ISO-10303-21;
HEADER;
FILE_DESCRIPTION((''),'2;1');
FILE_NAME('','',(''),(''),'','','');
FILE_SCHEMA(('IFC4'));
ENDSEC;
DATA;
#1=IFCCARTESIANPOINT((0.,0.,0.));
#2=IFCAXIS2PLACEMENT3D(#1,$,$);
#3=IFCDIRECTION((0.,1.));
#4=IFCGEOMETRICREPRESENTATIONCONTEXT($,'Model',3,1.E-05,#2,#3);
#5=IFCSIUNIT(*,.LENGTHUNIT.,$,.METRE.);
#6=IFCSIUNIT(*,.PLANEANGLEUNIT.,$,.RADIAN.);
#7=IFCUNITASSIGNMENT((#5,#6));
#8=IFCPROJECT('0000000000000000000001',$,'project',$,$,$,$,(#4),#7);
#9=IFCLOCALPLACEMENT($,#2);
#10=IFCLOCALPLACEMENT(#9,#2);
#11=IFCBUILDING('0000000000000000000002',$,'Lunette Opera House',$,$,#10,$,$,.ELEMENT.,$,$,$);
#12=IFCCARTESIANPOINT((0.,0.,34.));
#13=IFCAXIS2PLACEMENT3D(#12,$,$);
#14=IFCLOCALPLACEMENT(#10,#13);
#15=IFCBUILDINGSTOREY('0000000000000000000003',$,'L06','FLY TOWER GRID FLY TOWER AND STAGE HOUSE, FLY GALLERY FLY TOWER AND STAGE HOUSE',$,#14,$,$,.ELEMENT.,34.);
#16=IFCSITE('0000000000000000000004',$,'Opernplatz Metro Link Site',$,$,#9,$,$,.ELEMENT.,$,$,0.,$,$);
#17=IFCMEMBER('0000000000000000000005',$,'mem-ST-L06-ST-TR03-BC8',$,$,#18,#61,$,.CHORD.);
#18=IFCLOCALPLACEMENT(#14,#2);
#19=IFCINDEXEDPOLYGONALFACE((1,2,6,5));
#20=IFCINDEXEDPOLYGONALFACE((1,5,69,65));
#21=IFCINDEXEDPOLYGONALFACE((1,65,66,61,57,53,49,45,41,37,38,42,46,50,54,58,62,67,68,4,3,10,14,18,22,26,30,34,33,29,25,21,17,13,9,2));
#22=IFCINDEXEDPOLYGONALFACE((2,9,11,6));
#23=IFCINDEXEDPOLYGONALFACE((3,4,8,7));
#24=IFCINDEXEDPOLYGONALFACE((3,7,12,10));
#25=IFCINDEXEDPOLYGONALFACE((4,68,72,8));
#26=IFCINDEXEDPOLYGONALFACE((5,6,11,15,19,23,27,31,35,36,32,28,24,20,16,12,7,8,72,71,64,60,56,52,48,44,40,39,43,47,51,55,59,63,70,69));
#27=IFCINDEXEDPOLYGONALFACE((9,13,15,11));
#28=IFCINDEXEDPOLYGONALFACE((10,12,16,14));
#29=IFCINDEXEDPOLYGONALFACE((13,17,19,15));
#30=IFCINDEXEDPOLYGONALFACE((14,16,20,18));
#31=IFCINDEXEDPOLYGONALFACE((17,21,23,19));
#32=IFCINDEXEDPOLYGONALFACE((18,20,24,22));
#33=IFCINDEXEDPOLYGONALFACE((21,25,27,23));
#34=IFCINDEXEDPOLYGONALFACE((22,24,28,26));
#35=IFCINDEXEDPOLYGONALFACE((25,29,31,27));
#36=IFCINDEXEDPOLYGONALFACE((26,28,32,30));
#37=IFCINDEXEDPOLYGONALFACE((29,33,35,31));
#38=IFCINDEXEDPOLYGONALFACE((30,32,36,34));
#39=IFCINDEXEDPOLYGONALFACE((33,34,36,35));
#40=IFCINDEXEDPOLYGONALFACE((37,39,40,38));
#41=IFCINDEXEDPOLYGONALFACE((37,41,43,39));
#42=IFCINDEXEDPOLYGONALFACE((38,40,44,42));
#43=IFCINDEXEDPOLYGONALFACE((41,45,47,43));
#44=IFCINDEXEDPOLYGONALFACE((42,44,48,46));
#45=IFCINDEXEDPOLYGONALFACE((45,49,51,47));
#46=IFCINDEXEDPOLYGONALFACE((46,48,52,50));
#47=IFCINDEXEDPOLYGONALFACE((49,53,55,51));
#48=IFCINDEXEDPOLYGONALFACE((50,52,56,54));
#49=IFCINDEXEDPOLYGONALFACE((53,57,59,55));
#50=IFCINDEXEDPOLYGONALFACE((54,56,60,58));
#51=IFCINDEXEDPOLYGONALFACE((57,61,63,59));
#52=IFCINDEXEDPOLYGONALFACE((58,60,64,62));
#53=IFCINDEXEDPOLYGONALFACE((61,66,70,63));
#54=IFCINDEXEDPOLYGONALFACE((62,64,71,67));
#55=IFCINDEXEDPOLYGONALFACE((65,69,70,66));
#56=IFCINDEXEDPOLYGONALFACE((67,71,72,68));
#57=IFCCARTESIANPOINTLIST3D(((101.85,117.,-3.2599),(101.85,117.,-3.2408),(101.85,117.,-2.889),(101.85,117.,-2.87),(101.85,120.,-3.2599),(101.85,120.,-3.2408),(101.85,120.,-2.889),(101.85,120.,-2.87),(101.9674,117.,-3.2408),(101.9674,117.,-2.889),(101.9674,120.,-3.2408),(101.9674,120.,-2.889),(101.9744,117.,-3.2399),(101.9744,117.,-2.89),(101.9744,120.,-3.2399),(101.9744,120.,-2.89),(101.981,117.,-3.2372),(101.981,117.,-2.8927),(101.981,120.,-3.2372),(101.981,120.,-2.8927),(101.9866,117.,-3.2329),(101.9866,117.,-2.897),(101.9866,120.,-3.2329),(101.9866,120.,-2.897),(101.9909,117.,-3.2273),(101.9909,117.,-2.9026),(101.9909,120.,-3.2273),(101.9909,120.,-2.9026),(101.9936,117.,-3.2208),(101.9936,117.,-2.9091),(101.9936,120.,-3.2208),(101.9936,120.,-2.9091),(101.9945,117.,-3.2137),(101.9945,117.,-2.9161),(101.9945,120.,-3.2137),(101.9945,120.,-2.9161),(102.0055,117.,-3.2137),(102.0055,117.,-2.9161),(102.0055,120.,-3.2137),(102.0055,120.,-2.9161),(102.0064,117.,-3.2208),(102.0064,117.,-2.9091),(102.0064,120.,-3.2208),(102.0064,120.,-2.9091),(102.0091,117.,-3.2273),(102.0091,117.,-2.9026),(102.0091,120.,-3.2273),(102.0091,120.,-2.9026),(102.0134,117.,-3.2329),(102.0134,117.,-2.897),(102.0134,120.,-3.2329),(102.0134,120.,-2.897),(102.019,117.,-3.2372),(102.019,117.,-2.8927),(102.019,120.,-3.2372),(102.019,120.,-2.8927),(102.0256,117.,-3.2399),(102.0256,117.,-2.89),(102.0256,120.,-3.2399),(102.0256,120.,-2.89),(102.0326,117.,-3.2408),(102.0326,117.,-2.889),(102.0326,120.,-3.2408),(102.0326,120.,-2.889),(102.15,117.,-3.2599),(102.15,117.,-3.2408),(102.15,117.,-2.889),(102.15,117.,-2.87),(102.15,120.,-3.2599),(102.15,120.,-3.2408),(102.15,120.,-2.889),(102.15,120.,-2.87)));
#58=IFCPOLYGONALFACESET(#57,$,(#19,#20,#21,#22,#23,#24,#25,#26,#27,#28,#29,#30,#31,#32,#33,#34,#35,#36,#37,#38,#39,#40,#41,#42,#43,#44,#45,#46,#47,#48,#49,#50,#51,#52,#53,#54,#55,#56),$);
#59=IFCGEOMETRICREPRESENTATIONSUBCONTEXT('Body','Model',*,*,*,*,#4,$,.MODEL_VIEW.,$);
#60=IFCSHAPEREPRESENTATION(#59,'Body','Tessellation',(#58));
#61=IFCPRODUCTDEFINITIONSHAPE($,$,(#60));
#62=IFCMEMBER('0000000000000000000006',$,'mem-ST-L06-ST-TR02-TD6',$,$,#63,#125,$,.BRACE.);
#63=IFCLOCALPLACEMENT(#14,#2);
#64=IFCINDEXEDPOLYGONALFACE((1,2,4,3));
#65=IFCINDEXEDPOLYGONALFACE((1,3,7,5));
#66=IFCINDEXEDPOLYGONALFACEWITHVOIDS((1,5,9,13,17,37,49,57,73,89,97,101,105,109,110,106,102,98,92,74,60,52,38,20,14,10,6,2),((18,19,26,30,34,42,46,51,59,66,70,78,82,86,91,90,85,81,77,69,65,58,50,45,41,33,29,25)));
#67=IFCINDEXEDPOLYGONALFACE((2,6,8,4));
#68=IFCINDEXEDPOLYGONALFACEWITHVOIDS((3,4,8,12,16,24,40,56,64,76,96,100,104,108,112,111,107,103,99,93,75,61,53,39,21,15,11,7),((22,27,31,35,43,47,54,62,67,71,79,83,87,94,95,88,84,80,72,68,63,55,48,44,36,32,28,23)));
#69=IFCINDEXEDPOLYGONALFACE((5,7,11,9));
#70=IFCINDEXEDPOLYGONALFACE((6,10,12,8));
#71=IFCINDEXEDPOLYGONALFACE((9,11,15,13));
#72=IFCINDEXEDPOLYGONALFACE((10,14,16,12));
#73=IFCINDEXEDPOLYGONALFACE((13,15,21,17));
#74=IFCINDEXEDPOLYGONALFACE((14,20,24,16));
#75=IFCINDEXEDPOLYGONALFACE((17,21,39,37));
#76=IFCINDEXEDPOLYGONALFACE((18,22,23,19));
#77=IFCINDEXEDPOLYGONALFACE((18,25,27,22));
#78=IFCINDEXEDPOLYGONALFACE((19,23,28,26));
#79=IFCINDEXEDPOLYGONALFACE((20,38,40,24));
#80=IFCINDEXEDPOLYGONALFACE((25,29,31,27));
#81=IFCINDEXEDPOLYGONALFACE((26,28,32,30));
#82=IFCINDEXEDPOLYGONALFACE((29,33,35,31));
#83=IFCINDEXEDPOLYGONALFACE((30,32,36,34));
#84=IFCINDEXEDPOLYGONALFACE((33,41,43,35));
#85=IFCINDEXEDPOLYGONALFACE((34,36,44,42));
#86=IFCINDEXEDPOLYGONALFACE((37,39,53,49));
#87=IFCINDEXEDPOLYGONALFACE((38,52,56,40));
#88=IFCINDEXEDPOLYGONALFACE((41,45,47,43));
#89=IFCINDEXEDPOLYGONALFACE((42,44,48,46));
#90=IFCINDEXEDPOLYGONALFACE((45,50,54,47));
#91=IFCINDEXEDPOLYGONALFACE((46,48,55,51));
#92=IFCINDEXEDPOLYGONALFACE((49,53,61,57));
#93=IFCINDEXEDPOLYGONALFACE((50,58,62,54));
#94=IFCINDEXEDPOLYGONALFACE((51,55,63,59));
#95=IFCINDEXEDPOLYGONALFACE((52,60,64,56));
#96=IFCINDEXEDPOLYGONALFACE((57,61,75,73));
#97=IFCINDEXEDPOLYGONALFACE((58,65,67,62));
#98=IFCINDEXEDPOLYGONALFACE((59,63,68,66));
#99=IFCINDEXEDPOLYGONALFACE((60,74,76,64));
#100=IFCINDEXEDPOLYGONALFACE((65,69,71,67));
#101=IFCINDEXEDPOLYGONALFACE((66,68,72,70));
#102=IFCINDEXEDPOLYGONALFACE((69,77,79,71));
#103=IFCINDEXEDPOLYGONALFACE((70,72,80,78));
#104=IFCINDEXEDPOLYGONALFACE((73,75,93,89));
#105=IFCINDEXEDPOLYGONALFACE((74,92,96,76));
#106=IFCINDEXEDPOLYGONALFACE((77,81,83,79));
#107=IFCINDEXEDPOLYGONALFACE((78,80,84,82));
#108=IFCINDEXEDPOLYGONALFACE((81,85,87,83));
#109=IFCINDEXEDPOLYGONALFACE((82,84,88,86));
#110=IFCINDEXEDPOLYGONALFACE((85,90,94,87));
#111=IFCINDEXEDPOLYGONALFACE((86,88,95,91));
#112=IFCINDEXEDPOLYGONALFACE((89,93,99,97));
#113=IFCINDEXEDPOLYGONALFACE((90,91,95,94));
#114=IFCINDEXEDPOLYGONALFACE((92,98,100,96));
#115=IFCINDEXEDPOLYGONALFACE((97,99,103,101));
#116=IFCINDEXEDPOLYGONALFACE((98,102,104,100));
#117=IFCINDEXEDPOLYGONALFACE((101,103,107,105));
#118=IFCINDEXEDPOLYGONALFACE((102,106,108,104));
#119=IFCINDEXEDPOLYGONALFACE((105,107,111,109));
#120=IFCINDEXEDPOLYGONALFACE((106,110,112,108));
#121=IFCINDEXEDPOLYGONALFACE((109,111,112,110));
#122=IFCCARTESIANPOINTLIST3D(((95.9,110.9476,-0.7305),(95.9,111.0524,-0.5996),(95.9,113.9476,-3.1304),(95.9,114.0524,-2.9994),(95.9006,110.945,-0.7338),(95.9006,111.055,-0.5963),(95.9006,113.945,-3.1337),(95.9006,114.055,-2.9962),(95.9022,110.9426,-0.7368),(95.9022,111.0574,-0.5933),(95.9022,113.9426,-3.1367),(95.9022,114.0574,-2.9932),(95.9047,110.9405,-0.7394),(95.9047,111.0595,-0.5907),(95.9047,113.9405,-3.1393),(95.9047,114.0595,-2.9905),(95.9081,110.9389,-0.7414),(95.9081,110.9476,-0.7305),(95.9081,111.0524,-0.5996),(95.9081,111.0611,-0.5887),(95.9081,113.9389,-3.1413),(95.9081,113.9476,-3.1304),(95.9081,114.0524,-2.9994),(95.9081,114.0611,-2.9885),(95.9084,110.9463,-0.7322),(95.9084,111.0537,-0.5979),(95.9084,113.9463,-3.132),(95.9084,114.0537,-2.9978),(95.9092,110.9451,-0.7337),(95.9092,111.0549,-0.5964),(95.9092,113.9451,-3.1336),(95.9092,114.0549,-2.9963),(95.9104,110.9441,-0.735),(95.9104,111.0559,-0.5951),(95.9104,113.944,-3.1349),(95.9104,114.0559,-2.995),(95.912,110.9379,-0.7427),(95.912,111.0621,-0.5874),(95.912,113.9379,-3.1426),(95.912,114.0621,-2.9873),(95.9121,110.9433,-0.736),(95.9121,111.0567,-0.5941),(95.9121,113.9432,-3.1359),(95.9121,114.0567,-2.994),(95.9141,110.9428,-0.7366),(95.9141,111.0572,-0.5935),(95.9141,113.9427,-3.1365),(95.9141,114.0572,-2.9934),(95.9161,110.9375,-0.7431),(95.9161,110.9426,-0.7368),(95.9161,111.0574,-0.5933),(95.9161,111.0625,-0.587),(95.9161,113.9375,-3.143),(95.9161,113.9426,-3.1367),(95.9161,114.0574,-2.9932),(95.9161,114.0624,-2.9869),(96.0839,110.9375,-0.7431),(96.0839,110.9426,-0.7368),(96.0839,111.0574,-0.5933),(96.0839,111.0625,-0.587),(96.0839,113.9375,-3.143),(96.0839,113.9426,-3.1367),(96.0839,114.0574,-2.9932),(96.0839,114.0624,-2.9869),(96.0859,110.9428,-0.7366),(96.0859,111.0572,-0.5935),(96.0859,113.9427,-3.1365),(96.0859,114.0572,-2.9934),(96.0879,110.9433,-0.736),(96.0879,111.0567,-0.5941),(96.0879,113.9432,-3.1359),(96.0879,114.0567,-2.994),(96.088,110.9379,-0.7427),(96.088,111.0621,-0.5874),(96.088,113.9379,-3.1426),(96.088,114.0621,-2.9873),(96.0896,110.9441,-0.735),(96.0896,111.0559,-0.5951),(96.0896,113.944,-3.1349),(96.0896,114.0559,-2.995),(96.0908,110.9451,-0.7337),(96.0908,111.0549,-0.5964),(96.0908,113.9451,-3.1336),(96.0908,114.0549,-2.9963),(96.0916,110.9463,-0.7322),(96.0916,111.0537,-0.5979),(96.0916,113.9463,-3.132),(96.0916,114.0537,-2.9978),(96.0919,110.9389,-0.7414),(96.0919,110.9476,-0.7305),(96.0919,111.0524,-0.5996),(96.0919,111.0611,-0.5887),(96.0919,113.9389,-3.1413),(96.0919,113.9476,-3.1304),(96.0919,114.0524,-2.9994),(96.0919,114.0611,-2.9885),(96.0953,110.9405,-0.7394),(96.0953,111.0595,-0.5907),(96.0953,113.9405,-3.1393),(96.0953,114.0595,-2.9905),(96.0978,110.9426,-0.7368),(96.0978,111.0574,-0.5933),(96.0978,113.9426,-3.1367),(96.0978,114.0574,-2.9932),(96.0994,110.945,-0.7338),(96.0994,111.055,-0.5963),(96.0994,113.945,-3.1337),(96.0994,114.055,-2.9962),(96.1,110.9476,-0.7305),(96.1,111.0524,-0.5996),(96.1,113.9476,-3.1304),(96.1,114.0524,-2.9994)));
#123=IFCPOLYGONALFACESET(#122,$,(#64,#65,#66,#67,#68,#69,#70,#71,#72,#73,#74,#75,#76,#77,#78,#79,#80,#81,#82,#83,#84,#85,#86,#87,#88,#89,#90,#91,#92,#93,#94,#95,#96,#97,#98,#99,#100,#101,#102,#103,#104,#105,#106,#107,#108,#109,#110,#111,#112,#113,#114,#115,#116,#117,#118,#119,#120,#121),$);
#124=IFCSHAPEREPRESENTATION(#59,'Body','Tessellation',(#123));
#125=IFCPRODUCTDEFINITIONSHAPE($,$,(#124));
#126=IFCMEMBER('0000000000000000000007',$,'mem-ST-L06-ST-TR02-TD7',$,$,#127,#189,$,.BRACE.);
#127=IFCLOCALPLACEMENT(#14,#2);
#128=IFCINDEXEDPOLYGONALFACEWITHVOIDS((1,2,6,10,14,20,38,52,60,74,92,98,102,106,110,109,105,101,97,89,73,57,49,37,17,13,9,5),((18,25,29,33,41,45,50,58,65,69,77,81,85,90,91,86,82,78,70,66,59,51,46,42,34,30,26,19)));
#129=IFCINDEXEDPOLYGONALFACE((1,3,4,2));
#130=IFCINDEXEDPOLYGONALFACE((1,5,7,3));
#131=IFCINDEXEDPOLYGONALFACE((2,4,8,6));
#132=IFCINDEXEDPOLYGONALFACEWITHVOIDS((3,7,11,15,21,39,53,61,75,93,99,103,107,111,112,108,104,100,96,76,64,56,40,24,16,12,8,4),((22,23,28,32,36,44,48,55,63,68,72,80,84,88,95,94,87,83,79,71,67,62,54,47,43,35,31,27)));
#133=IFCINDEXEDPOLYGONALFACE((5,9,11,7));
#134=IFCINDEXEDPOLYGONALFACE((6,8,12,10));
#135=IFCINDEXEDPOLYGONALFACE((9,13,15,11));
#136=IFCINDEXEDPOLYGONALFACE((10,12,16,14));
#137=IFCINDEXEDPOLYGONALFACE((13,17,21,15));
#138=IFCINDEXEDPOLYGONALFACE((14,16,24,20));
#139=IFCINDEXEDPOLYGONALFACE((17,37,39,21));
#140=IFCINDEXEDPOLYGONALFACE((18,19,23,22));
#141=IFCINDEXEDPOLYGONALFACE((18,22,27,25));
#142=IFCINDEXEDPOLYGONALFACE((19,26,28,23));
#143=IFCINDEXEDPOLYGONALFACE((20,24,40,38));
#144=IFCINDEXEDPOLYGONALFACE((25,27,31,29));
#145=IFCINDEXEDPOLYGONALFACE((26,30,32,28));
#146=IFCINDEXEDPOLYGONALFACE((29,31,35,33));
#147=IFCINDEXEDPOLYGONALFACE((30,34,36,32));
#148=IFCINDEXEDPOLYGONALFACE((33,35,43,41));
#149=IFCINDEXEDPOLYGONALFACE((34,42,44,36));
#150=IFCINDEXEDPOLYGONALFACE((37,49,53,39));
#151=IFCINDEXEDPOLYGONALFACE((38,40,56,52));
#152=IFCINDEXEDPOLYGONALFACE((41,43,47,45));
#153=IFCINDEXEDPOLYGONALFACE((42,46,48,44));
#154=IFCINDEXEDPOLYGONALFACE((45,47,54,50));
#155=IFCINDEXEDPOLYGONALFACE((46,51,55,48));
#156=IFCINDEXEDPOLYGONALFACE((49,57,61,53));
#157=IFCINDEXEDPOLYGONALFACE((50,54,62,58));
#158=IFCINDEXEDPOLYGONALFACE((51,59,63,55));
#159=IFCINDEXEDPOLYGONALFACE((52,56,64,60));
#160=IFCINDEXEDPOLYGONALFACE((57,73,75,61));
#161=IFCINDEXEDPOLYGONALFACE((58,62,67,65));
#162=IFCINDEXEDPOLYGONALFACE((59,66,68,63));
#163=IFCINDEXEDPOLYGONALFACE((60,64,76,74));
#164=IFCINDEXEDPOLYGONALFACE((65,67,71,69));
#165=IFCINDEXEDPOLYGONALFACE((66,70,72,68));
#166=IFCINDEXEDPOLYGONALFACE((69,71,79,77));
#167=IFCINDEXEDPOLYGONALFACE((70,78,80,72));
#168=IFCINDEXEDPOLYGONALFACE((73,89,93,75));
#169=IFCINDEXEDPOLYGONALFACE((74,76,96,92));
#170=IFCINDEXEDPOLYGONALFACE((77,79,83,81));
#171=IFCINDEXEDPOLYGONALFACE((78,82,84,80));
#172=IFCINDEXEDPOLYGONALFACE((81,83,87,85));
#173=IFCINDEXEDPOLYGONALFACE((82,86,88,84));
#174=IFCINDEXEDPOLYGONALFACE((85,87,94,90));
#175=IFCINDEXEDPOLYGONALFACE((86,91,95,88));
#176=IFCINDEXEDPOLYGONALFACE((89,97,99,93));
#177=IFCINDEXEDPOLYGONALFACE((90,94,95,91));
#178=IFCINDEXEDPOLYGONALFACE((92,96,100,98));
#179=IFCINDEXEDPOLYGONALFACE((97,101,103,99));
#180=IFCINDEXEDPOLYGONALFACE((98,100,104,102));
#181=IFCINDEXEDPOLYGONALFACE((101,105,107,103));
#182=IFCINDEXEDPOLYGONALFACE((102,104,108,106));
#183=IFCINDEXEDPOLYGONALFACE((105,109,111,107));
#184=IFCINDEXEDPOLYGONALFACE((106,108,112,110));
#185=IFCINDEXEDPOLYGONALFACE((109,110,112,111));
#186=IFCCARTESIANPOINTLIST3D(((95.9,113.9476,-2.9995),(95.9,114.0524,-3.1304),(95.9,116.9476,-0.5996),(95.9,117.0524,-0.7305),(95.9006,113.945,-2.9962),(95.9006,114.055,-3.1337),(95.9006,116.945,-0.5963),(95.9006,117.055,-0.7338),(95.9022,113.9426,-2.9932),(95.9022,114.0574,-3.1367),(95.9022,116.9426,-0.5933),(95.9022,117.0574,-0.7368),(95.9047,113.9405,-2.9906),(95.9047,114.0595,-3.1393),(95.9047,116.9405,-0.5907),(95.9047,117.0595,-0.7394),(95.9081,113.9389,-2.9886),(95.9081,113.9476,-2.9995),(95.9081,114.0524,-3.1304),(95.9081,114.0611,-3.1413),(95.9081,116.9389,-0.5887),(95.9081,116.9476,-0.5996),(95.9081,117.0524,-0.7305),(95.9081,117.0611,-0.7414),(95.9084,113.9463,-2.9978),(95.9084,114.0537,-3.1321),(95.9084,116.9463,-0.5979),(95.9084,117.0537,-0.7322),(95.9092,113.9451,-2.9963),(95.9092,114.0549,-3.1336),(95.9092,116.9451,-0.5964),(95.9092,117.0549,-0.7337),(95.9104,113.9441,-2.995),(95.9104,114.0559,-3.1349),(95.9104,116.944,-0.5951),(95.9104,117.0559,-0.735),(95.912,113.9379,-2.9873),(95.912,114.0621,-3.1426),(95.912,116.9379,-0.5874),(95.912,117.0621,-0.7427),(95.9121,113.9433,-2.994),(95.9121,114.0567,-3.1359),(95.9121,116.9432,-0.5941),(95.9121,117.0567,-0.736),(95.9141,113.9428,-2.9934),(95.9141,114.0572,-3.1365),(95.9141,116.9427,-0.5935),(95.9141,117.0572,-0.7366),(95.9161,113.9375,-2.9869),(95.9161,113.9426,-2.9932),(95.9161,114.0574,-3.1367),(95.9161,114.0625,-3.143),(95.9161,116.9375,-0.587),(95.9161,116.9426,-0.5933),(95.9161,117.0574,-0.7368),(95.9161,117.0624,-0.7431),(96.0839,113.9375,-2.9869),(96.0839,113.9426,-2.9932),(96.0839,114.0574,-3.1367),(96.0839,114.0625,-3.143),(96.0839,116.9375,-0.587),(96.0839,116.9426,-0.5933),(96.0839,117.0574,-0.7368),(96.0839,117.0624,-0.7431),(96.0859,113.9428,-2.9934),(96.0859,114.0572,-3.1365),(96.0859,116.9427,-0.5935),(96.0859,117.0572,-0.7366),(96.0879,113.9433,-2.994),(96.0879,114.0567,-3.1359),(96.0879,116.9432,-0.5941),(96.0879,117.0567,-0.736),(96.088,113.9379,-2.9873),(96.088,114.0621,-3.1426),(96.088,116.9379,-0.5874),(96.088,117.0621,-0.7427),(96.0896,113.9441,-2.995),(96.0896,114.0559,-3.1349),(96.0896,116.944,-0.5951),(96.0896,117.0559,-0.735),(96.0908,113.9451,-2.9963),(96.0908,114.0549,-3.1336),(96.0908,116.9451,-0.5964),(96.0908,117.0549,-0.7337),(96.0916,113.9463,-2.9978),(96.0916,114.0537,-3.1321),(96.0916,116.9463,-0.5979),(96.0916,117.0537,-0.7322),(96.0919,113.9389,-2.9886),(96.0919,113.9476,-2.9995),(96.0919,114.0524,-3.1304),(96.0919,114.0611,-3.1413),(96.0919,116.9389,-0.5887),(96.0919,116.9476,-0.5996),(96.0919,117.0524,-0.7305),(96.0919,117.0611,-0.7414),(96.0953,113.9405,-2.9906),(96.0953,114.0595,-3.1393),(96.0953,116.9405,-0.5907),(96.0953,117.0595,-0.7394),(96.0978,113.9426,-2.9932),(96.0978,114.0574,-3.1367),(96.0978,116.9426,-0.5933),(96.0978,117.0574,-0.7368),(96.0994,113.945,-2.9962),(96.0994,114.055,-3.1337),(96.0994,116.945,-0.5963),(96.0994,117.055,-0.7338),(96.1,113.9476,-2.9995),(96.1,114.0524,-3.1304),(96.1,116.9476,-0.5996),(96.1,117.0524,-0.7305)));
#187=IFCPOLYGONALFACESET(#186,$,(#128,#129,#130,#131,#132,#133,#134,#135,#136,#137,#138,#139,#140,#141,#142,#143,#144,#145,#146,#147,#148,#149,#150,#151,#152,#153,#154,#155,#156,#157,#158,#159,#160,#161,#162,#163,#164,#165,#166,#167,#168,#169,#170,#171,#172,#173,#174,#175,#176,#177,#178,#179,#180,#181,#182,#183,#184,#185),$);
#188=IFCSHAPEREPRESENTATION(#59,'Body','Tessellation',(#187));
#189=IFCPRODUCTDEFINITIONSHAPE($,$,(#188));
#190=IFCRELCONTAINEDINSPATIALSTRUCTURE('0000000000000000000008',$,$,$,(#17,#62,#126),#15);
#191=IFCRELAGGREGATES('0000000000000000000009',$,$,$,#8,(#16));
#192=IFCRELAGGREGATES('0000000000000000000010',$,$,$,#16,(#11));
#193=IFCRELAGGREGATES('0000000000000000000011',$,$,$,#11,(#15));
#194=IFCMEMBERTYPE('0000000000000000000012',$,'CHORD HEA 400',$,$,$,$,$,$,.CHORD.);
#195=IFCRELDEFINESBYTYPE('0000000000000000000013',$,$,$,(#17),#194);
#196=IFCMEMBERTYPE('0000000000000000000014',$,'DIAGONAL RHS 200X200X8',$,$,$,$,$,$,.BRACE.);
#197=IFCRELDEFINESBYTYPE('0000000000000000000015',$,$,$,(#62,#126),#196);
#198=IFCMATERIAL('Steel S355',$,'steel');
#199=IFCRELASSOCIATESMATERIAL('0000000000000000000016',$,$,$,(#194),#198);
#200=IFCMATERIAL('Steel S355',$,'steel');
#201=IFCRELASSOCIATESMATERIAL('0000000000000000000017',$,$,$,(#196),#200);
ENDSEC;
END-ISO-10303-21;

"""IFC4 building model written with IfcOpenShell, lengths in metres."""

from ifc_helpers import new_model, si_unit, direction, frame, origin, origin_2d, place, context, subcontext, project, spatial, hollow_rectangle, i_section, extrude, material, material_profile, profile_set, type_object, element, save


model = new_model("IFC4")

# Units and contexts
model_context = context("Model", 3, precision=1e-05, world=origin(), true_north=direction((0.0, 1.0)))
body_context = subcontext(model_context, "Body", "Model", "MODEL_VIEW")
ifc_project = project(units=[si_unit("LENGTHUNIT", "METRE"), si_unit("PLANEANGLEUNIT", "RADIAN")], contexts=[model_context])

# Site, building, storey
site_placement = place(None, origin())
site = spatial("IfcSite", under=ifc_project, at=site_placement, Name="Opernplatz Metro Link Site", CompositionType="ELEMENT", RefElevation=0.0)
building_placement = place(site_placement, origin())
building = spatial("IfcBuilding", under=site, at=building_placement, Name="Lunette Opera House", CompositionType="ELEMENT")
storey_placement = place(building_placement, frame((0.0, 0.0, 34.0)))
storey = spatial("IfcBuildingStorey", under=building, at=storey_placement, Name="L06", Description="FLY TOWER GRID FLY TOWER AND STAGE HOUSE, FLY GALLERY FLY TOWER AND STAGE HOUSE", CompositionType="ELEMENT", Elevation=34.0)

# Members
ifc_material_1 = material(Name="Steel S355", Category="steel")
ifc_material_profile_1 = material_profile(ifc_material_1, i_section(OverallWidth=0.3, OverallDepth=0.3899, WebThickness=0.011, FlangeThickness=0.019, FilletRadius=0.0271, at=origin_2d()), Name="HEA 400")
ifc_profile_set_1 = profile_set([ifc_material_profile_1], Name="Steel S355")
member_type_1 = type_object("IfcMemberType", Name="CHORD HEA 400", PredefinedType="CHORD", material=ifc_profile_set_1)
for number, where, z_axis, x_axis, name in (
    (1, (102.0, 117.0, -3.0649), (0.0, 1.0, 0.0), (-1.0, 0.0, 0.0), "mem-ST-L06-ST-TR03-BC8"),
):
    element("IfcMember", number, at=place(storey_placement, frame(where, z_axis=z_axis, x_axis=x_axis)), inside=storey, type_object=member_type_1, Name=name, PredefinedType="CHORD", context=body_context, shape_type="SweptSolid", body=[
        extrude(i_section(OverallWidth=0.3, OverallDepth=0.3899, WebThickness=0.011, FlangeThickness=0.019, FilletRadius=0.0271, at=origin_2d()), origin(), (0.0, 0.0, 1.0), 3.0),
    ])
ifc_material_2 = material(Name="Steel S355", Category="steel")
ifc_material_profile_2 = material_profile(ifc_material_2, hollow_rectangle(XDim=0.2, YDim=0.2, WallThickness=0.0081, InnerFilletRadius=0.0081, OuterFilletRadius=0.0161, at=origin_2d()), Name="RHS 200X200X8")
ifc_profile_set_2 = profile_set([ifc_material_profile_2], Name="Steel S355")
member_type_2 = type_object("IfcMemberType", Name="DIAGONAL RHS 200X200X8", PredefinedType="BRACE", material=ifc_profile_set_2)
for number, where, z_axis, x_axis, name in (
    (2, (96.0, 111.0, -0.665), (0.0, 0.780881, -0.62468), (-1.0, 0.0, 0.0), "mem-ST-L06-ST-TR02-TD6"),
    (3, (96.0, 114.0, -3.0649), (0.0, 0.780881, 0.62468), (-1.0, 0.0, 0.0), "mem-ST-L06-ST-TR02-TD7"),
):
    element("IfcMember", number, at=place(storey_placement, frame(where, z_axis=z_axis, x_axis=x_axis)), inside=storey, type_object=member_type_2, Name=name, PredefinedType="BRACE", context=body_context, shape_type="SweptSolid", body=[
        extrude(hollow_rectangle(XDim=0.2, YDim=0.2, WallThickness=0.0081, InnerFilletRadius=0.0081, OuterFilletRadius=0.0161, at=origin_2d()), origin(), (0.0, 0.0, 1.0), 3.8418),
    ])

save(model, "model.ifc")
